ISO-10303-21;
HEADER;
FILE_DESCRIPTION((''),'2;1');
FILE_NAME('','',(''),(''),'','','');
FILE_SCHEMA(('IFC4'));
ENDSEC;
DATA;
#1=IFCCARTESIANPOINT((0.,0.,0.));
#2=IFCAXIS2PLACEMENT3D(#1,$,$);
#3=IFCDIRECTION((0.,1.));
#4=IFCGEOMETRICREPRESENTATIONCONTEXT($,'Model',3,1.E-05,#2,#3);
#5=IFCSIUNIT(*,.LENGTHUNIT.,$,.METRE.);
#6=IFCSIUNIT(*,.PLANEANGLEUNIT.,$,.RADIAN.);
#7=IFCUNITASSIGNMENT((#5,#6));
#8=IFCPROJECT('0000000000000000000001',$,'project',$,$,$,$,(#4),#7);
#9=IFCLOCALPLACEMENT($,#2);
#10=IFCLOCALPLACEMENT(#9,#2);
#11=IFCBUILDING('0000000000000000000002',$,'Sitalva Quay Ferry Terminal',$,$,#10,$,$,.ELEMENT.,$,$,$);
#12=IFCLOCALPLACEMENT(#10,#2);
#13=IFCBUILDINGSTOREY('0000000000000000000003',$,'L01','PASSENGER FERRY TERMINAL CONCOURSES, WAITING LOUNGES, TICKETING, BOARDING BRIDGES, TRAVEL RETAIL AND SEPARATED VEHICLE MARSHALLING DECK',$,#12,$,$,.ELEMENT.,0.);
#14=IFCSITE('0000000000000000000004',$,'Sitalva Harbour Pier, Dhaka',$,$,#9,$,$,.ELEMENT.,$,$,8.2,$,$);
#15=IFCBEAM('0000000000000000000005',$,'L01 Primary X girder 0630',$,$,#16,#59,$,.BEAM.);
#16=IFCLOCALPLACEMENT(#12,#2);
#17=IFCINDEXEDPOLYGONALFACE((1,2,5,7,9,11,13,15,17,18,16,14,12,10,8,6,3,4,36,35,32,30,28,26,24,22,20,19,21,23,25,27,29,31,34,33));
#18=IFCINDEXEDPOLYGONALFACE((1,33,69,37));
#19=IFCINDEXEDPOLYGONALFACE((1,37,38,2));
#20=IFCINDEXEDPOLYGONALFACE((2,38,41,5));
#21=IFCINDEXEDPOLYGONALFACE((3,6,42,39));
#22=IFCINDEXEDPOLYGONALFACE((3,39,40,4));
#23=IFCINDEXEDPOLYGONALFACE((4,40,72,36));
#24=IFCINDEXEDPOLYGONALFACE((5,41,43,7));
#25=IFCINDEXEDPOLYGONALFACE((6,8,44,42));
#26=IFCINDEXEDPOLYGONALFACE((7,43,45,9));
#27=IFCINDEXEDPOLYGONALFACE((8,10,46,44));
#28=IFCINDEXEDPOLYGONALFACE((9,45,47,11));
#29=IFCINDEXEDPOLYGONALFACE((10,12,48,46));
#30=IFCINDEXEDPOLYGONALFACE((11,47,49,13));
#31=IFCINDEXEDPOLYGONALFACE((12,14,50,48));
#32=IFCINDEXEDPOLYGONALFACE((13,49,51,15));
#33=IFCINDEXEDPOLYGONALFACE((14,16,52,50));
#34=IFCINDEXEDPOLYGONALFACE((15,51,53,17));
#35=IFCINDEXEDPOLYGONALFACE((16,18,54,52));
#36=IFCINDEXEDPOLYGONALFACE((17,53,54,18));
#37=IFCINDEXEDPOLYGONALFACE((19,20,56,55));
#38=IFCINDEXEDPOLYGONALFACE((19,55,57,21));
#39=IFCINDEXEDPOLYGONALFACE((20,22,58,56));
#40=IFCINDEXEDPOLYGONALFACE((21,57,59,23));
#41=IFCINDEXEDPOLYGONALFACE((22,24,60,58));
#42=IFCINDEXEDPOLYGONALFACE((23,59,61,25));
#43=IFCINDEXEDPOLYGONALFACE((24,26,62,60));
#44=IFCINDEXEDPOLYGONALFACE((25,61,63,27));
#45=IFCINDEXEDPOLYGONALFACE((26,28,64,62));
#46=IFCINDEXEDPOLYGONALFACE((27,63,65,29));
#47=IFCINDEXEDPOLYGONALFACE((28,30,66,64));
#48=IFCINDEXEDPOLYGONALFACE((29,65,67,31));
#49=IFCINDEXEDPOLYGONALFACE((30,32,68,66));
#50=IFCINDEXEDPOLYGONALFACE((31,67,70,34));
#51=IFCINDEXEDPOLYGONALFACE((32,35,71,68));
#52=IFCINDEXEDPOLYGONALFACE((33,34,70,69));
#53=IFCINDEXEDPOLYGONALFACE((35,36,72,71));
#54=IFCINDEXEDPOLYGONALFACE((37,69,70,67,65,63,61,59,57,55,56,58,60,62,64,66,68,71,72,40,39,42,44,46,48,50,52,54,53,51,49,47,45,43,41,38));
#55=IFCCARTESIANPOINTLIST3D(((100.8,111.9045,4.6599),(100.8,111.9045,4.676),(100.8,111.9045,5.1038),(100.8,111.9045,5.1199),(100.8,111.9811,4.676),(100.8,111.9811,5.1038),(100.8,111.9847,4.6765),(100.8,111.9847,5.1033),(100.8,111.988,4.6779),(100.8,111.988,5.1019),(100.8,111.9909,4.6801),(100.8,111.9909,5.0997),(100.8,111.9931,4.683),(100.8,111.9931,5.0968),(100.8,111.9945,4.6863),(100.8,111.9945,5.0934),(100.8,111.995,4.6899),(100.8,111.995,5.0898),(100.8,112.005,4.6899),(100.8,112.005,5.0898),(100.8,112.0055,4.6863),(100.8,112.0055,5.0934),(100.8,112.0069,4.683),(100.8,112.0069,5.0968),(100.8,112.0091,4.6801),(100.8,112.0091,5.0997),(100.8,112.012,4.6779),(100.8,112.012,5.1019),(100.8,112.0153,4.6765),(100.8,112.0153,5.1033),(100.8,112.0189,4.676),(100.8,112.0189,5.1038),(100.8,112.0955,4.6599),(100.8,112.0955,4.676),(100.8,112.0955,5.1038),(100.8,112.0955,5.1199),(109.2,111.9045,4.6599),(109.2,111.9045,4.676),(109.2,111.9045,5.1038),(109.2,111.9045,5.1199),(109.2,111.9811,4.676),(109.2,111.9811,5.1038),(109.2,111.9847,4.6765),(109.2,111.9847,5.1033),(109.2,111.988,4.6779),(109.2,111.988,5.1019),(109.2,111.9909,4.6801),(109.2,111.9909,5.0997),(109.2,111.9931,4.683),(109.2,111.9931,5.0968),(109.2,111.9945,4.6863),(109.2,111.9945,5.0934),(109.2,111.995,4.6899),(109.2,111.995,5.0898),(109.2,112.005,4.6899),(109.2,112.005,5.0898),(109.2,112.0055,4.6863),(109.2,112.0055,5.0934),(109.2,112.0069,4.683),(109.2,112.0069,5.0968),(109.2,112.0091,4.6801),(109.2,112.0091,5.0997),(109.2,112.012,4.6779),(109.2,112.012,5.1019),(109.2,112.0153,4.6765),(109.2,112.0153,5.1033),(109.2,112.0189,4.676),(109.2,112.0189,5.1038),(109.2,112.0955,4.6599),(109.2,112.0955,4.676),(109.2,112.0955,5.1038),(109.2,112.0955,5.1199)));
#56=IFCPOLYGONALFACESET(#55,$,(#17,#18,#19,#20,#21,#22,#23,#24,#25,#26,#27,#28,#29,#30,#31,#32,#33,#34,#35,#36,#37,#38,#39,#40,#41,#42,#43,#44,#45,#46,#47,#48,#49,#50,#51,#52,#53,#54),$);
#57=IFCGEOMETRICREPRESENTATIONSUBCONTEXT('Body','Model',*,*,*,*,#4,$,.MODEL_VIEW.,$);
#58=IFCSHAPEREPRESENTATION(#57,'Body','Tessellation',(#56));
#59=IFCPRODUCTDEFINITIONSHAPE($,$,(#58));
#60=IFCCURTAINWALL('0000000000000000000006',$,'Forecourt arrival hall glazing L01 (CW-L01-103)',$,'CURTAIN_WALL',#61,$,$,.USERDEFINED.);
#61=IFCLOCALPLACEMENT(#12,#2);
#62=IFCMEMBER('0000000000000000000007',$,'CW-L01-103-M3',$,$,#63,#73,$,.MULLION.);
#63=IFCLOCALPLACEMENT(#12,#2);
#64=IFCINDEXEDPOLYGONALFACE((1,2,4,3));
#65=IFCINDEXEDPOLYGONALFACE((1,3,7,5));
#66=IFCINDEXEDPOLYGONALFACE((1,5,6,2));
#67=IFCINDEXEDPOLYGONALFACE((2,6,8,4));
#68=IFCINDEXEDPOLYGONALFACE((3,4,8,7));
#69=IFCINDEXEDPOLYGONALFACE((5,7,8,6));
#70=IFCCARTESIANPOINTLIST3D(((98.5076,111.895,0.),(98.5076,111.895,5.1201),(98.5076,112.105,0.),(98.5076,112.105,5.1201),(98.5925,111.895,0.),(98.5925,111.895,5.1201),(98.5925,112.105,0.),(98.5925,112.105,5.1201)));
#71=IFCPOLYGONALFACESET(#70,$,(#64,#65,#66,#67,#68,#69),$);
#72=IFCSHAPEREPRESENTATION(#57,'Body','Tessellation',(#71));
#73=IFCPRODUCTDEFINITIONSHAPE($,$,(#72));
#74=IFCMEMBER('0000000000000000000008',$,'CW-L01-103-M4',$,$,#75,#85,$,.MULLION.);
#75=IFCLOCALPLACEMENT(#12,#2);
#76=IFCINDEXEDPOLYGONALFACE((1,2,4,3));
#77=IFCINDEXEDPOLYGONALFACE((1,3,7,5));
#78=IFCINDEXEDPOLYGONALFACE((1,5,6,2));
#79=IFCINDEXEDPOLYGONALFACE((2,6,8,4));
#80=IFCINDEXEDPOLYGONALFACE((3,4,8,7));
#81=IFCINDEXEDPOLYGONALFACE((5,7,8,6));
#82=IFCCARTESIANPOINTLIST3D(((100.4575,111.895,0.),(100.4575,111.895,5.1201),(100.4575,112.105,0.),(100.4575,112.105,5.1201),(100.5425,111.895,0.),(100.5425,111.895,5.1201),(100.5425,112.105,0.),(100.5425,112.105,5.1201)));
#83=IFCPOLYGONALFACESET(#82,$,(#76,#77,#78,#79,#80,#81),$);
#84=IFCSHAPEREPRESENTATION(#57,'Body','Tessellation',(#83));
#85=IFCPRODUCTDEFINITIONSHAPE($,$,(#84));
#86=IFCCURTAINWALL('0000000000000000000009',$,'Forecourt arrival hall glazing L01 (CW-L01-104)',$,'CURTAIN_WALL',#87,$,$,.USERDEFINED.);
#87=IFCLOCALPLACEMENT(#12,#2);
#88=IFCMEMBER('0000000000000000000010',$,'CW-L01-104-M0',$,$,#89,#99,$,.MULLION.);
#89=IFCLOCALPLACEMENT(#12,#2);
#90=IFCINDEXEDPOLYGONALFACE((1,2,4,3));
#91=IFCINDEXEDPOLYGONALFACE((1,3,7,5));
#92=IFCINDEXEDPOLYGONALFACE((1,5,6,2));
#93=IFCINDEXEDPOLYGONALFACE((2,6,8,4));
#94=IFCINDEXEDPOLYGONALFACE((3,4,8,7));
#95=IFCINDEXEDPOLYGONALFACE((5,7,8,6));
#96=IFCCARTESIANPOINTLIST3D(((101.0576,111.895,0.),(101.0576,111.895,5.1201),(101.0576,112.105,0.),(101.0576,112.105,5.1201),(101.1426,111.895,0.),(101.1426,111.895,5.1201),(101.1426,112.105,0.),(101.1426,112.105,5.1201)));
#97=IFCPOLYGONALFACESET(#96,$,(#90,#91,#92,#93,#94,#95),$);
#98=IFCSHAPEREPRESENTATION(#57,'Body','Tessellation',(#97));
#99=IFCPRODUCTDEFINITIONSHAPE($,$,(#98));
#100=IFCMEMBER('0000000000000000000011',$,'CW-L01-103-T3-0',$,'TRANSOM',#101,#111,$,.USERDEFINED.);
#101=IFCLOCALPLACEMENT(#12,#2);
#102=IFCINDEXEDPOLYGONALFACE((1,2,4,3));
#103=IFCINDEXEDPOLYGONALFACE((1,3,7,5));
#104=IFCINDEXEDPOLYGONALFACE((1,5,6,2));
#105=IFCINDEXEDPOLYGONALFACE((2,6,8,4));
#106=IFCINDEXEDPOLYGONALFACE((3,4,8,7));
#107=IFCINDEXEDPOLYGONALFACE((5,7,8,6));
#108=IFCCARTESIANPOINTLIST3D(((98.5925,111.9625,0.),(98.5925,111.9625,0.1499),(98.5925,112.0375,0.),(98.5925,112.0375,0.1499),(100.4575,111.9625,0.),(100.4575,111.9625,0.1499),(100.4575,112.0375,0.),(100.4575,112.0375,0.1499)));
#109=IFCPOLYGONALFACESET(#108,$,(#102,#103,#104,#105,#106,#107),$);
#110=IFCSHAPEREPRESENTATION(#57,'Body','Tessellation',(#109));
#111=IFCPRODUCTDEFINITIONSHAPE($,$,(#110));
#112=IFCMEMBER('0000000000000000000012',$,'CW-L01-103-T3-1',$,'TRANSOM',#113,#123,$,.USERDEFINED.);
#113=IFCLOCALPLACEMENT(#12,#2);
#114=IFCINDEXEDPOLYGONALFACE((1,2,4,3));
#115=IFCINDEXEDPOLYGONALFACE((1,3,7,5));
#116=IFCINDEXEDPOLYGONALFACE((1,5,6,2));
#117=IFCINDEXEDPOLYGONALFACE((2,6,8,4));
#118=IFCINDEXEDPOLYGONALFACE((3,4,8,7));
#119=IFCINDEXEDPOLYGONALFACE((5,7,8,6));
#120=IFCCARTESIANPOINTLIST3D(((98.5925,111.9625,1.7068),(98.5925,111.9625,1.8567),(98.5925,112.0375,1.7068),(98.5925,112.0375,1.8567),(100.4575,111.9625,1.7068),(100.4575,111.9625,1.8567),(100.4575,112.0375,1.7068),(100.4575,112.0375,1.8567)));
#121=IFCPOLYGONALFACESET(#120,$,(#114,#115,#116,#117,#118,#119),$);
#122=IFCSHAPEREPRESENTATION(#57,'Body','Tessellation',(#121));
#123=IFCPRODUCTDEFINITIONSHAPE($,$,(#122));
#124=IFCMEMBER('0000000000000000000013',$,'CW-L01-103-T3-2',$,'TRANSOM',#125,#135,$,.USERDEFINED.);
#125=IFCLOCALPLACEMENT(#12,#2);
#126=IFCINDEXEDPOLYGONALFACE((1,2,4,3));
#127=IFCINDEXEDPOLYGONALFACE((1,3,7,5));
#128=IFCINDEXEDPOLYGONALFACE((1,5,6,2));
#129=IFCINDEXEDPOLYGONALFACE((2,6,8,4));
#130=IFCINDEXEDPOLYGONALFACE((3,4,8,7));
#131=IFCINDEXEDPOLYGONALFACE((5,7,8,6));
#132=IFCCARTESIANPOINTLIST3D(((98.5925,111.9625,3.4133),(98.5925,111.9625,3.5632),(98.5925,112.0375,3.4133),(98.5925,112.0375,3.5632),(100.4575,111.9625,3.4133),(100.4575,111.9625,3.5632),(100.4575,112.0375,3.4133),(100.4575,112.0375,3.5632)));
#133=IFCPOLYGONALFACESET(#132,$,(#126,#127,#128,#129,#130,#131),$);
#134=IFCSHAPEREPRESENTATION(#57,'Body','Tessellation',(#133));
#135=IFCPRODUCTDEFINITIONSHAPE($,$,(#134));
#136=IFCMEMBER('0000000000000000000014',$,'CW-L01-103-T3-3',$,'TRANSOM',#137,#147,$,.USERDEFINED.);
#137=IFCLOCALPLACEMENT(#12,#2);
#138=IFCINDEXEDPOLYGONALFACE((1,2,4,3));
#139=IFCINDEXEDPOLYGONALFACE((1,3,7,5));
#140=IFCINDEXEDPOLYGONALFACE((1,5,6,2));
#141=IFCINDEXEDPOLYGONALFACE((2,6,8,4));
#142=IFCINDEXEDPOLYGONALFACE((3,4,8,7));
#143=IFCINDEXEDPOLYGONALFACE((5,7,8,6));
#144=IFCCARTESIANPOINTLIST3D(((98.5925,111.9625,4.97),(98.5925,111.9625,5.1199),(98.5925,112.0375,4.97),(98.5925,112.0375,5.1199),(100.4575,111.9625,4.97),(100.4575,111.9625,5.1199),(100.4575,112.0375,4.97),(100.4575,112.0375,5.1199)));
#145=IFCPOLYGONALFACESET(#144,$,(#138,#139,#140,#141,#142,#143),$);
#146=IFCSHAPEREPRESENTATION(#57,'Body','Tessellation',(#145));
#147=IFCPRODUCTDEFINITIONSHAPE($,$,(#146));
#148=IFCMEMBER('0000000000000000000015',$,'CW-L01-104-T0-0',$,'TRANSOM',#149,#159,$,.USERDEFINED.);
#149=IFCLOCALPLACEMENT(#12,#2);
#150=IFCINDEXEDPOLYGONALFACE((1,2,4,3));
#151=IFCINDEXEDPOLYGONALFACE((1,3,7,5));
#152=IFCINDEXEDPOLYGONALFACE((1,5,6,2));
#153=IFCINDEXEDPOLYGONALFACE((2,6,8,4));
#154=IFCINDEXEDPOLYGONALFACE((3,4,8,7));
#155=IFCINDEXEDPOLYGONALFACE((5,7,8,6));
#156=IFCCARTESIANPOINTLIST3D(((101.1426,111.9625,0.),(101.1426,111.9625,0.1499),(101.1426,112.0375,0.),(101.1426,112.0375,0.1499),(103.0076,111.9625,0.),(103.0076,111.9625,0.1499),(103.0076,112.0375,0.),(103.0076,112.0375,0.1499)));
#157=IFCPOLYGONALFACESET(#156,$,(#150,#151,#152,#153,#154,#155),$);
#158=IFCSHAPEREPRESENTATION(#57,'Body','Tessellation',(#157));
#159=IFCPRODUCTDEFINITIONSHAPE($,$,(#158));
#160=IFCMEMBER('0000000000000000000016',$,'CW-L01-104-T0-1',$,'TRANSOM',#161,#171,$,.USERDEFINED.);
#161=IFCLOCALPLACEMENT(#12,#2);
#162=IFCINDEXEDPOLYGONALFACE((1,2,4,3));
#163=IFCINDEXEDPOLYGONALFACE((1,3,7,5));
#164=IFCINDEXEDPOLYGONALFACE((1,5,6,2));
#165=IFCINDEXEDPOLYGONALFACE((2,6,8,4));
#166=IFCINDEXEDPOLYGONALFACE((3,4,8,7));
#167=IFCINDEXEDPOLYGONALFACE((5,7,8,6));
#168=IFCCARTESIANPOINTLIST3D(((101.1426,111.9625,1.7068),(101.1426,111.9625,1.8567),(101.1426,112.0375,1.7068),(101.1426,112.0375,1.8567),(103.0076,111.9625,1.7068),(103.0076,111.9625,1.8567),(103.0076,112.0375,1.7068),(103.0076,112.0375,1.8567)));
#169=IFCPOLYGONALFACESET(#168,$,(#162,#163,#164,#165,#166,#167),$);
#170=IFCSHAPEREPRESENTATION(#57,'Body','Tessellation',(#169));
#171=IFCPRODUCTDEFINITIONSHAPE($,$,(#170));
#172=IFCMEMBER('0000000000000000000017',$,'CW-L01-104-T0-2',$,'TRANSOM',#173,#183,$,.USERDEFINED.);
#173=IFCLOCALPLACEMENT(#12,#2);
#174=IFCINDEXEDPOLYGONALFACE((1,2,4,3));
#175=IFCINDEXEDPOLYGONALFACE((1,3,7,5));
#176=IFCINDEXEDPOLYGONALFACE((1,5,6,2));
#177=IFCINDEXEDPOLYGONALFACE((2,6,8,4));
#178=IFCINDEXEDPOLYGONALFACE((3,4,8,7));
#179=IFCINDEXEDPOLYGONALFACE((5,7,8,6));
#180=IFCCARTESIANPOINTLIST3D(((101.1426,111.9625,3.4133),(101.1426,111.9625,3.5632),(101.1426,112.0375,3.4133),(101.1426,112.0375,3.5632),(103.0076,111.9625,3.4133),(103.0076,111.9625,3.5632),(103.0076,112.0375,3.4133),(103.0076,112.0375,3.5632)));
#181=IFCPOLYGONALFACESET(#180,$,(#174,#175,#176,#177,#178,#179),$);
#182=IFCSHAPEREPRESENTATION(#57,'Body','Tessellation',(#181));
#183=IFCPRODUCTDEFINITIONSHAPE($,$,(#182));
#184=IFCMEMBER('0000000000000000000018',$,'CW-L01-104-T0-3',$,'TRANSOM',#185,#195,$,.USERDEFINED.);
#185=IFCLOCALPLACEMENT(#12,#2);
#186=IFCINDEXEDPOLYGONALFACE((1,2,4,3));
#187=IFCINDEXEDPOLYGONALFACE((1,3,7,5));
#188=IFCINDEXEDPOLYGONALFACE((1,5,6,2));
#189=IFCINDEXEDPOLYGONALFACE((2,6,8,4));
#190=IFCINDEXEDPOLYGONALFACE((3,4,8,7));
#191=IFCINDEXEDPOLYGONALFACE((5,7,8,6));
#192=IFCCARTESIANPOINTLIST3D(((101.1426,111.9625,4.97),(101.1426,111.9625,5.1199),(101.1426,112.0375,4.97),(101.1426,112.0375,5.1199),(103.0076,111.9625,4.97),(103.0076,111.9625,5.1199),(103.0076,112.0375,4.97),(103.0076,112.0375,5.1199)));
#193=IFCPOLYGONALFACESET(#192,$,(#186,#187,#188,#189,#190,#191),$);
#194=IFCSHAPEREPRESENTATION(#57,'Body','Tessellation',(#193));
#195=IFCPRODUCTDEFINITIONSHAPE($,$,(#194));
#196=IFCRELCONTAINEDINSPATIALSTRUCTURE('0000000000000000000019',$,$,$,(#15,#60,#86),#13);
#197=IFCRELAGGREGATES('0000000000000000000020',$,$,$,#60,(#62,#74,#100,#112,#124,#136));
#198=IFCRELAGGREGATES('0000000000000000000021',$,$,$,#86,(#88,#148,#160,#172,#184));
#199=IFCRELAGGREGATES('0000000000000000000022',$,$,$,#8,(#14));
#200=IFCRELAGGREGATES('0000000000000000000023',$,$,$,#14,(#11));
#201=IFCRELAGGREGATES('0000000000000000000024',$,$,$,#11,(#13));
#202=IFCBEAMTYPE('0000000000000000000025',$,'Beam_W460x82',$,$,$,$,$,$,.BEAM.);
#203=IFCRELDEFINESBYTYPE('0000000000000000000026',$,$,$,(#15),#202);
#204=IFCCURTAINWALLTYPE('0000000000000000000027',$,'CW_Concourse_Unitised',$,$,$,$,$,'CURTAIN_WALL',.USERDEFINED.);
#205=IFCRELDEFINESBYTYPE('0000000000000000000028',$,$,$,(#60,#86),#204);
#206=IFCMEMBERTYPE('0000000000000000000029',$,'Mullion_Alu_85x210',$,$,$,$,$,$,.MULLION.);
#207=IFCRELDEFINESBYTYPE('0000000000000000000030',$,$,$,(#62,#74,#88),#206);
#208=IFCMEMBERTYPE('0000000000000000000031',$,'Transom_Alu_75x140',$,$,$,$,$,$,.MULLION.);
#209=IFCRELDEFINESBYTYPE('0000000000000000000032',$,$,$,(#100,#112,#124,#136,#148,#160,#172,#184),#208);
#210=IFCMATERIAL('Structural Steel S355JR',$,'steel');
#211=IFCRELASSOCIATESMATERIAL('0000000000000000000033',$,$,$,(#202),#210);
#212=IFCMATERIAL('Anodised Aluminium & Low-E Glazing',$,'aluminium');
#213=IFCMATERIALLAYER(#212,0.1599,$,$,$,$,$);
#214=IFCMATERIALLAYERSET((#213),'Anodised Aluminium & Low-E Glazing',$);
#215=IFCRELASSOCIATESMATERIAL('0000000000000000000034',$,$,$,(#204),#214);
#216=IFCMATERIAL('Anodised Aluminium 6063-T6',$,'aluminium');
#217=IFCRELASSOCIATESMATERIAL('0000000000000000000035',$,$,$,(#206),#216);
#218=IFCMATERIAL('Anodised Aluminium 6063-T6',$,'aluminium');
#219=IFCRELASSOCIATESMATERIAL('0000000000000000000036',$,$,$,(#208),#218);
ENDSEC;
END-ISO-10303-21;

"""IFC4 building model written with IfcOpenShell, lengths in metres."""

from ifc_helpers import new_model, si_unit, direction, frame, origin, origin_2d, place, context, subcontext, project, spatial, rectangle, i_section, extrude, material, layer, layer_set, material_profile, profile_set, type_object, element, aggregate, save


model = new_model("IFC4")

# Units and contexts
model_context = context("Model", 3, precision=1e-05, world=origin(), true_north=direction((0.0, 1.0)))
body_context = subcontext(model_context, "Body", "Model", "MODEL_VIEW")
ifc_project = project(units=[si_unit("LENGTHUNIT", "METRE"), si_unit("PLANEANGLEUNIT", "RADIAN")], contexts=[model_context])

# Site, building, storey
site_placement = place(None, origin())
site = spatial("IfcSite", under=ifc_project, at=site_placement, Name="Sitalva Harbour Pier, Dhaka", CompositionType="ELEMENT", RefElevation=8.2)
building_placement = place(site_placement, origin())
building = spatial("IfcBuilding", under=site, at=building_placement, Name="Sitalva Quay Ferry Terminal", CompositionType="ELEMENT")
storey_placement = place(building_placement, origin())
storey = spatial("IfcBuildingStorey", under=building, at=storey_placement, Name="L01", Description="PASSENGER FERRY TERMINAL CONCOURSES, WAITING LOUNGES, TICKETING, BOARDING BRIDGES, TRAVEL RETAIL AND SEPARATED VEHICLE MARSHALLING DECK", CompositionType="ELEMENT", Elevation=0.0)

# Beam
ifc_material_1 = material(Name="Structural Steel S355JR", Category="steel")
ifc_material_profile_1 = material_profile(ifc_material_1, i_section(OverallWidth=0.1909, OverallDepth=0.46, WebThickness=0.01, FlangeThickness=0.0161, FilletRadius=0.0139, at=origin_2d()), Name="W460x82")
ifc_profile_set_1 = profile_set([ifc_material_profile_1], Name="Structural Steel S355JR")
beam_type = type_object("IfcBeamType", Name="Beam_W460x82", PredefinedType="BEAM", material=ifc_profile_set_1)
beam_placement = place(storey_placement, frame((100.8, 112.0, 4.8899), z_axis=(1.0, 0.0, 0.0), x_axis=(0.0, 1.0, 0.0)))
element("IfcBeam", 1, at=beam_placement, inside=storey, type_object=beam_type, Name="L01 Primary X girder 0630", PredefinedType="BEAM", context=body_context, shape_type="SweptSolid", body=[
    extrude(i_section(OverallWidth=0.1909, OverallDepth=0.46, WebThickness=0.01, FlangeThickness=0.0161, FilletRadius=0.0139, at=origin_2d()), origin(), (0.0, 0.0, 1.0), 8.3999),
])

# Curtain wall, members
ifc_material_2 = material(Name="Anodised Aluminium & Low-E Glazing", Category="aluminium")
ifc_layer_1 = layer(ifc_material_2, 0.1599)
ifc_layer_set_1 = layer_set([ifc_layer_1], Name="Anodised Aluminium & Low-E Glazing")
curtain_wall_type = type_object("IfcCurtainWallType", Name="CW_Concourse_Unitised", ElementType="CURTAIN_WALL", PredefinedType="USERDEFINED", material=ifc_layer_set_1)
curtain_wall_1_placement = place(storey_placement, origin())
curtain_wall_1 = element("IfcCurtainWall", 2, at=curtain_wall_1_placement, inside=storey, type_object=curtain_wall_type, Name="Forecourt arrival hall glazing L01 (CW-L01-103)", ObjectType="CURTAIN_WALL", PredefinedType="USERDEFINED")
ifc_material_3 = material(Name="Anodised Aluminium 6063-T6", Category="aluminium")
ifc_material_profile_2 = material_profile(ifc_material_3, rectangle(XDim=0.085, YDim=0.21, at=origin_2d()), Name="ALU85x210")
ifc_profile_set_2 = profile_set([ifc_material_profile_2], Name="Anodised Aluminium 6063-T6")
member_type_1 = type_object("IfcMemberType", Name="Mullion_Alu_85x210", PredefinedType="MULLION", material=ifc_profile_set_2)
member_1_placement = place(storey_placement, frame((98.55, 112.0, 0.0), z_axis=(0.0, 0.0, 1.0), x_axis=(1.0, 0.0, 0.0)))
member_1 = element("IfcMember", 3, at=member_1_placement, type_object=member_type_1, Name="CW-L01-103-M3", PredefinedType="MULLION", context=body_context, shape_type="SweptSolid", body=[
    extrude(rectangle(XDim=0.085, YDim=0.21, at=origin_2d()), origin(), (0.0, 0.0, 1.0), 5.1201),
])
member_2_placement = place(storey_placement, frame((100.5, 112.0, 0.0), z_axis=(0.0, 0.0, 1.0), x_axis=(1.0, 0.0, 0.0)))
member_2 = element("IfcMember", 4, at=member_2_placement, type_object=member_type_1, Name="CW-L01-103-M4", PredefinedType="MULLION", context=body_context, shape_type="SweptSolid", body=[
    extrude(rectangle(XDim=0.085, YDim=0.21, at=origin_2d()), origin(), (0.0, 0.0, 1.0), 5.1201),
])

# Curtain wall, member
curtain_wall_2_placement = place(storey_placement, origin())
curtain_wall_2 = element("IfcCurtainWall", 5, at=curtain_wall_2_placement, inside=storey, type_object=curtain_wall_type, Name="Forecourt arrival hall glazing L01 (CW-L01-104)", ObjectType="CURTAIN_WALL", PredefinedType="USERDEFINED")
member_3_placement = place(storey_placement, frame((101.1001, 112.0, 0.0), z_axis=(0.0, 0.0, 1.0), x_axis=(1.0, 0.0, 0.0)))
member_3 = element("IfcMember", 6, at=member_3_placement, type_object=member_type_1, Name="CW-L01-104-M0", PredefinedType="MULLION", context=body_context, shape_type="SweptSolid", body=[
    extrude(rectangle(XDim=0.085, YDim=0.21, at=origin_2d()), origin(), (0.0, 0.0, 1.0), 5.1201),
])

# Members
ifc_material_4 = material(Name="Anodised Aluminium 6063-T6", Category="aluminium")
ifc_material_profile_3 = material_profile(ifc_material_4, rectangle(XDim=0.075, YDim=0.1499, at=origin_2d()), Name="ALU75x150")
ifc_profile_set_3 = profile_set([ifc_material_profile_3], Name="Anodised Aluminium 6063-T6")
member_type_2 = type_object("IfcMemberType", Name="Transom_Alu_75x140", PredefinedType="MULLION", material=ifc_profile_set_3)
member_4_placement = place(storey_placement, frame((98.5925, 112.0, 0.075), z_axis=(1.0, 0.0, 0.0), x_axis=(0.0, 1.0, 0.0)))
member_4 = element("IfcMember", 7, at=member_4_placement, type_object=member_type_2, Name="CW-L01-103-T3-0", ObjectType="TRANSOM", PredefinedType="USERDEFINED", context=body_context, shape_type="SweptSolid", body=[
    extrude(rectangle(XDim=0.075, YDim=0.1499, at=origin_2d()), origin(), (0.0, 0.0, 1.0), 1.865),
])
member_5_placement = place(storey_placement, frame((98.5925, 112.0, 1.7817), z_axis=(1.0, 0.0, 0.0), x_axis=(0.0, 1.0, 0.0)))
member_5 = element("IfcMember", 8, at=member_5_placement, type_object=member_type_2, Name="CW-L01-103-T3-1", ObjectType="TRANSOM", PredefinedType="USERDEFINED", context=body_context, shape_type="SweptSolid", body=[
    extrude(rectangle(XDim=0.075, YDim=0.1499, at=origin_2d()), origin(), (0.0, 0.0, 1.0), 1.865),
])
member_6_placement = place(storey_placement, frame((98.5925, 112.0, 3.4883), z_axis=(1.0, 0.0, 0.0), x_axis=(0.0, 1.0, 0.0)))
member_6 = element("IfcMember", 9, at=member_6_placement, type_object=member_type_2, Name="CW-L01-103-T3-2", ObjectType="TRANSOM", PredefinedType="USERDEFINED", context=body_context, shape_type="SweptSolid", body=[
    extrude(rectangle(XDim=0.075, YDim=0.1499, at=origin_2d()), origin(), (0.0, 0.0, 1.0), 1.865),
])
member_7_placement = place(storey_placement, frame((98.5925, 112.0, 5.0449), z_axis=(1.0, 0.0, 0.0), x_axis=(0.0, 1.0, 0.0)))
member_7 = element("IfcMember", 10, at=member_7_placement, type_object=member_type_2, Name="CW-L01-103-T3-3", ObjectType="TRANSOM", PredefinedType="USERDEFINED", context=body_context, shape_type="SweptSolid", body=[
    extrude(rectangle(XDim=0.075, YDim=0.1499, at=origin_2d()), origin(), (0.0, 0.0, 1.0), 1.865),
])
member_8_placement = place(storey_placement, frame((101.1426, 112.0, 0.075), z_axis=(1.0, 0.0, 0.0), x_axis=(0.0, 1.0, 0.0)))
member_8 = element("IfcMember", 11, at=member_8_placement, type_object=member_type_2, Name="CW-L01-104-T0-0", ObjectType="TRANSOM", PredefinedType="USERDEFINED", context=body_context, shape_type="SweptSolid", body=[
    extrude(rectangle(XDim=0.075, YDim=0.1499, at=origin_2d()), origin(), (0.0, 0.0, 1.0), 1.865),
])
member_9_placement = place(storey_placement, frame((101.1426, 112.0, 1.7817), z_axis=(1.0, 0.0, 0.0), x_axis=(0.0, 1.0, 0.0)))
member_9 = element("IfcMember", 12, at=member_9_placement, type_object=member_type_2, Name="CW-L01-104-T0-1", ObjectType="TRANSOM", PredefinedType="USERDEFINED", context=body_context, shape_type="SweptSolid", body=[
    extrude(rectangle(XDim=0.075, YDim=0.1499, at=origin_2d()), origin(), (0.0, 0.0, 1.0), 1.865),
])
member_10_placement = place(storey_placement, frame((101.1426, 112.0, 3.4883), z_axis=(1.0, 0.0, 0.0), x_axis=(0.0, 1.0, 0.0)))
member_10 = element("IfcMember", 13, at=member_10_placement, type_object=member_type_2, Name="CW-L01-104-T0-2", ObjectType="TRANSOM", PredefinedType="USERDEFINED", context=body_context, shape_type="SweptSolid", body=[
    extrude(rectangle(XDim=0.075, YDim=0.1499, at=origin_2d()), origin(), (0.0, 0.0, 1.0), 1.865),
])
member_11_placement = place(storey_placement, frame((101.1426, 112.0, 5.0449), z_axis=(1.0, 0.0, 0.0), x_axis=(0.0, 1.0, 0.0)))
member_11 = element("IfcMember", 14, at=member_11_placement, type_object=member_type_2, Name="CW-L01-104-T0-3", ObjectType="TRANSOM", PredefinedType="USERDEFINED", context=body_context, shape_type="SweptSolid", body=[
    extrude(rectangle(XDim=0.075, YDim=0.1499, at=origin_2d()), origin(), (0.0, 0.0, 1.0), 1.865),
])

aggregate(curtain_wall_1, [member_1, member_2, member_4, member_5, member_6, member_7])
aggregate(curtain_wall_2, [member_3, member_8, member_9, member_10, member_11])

save(model, "model.ifc")
